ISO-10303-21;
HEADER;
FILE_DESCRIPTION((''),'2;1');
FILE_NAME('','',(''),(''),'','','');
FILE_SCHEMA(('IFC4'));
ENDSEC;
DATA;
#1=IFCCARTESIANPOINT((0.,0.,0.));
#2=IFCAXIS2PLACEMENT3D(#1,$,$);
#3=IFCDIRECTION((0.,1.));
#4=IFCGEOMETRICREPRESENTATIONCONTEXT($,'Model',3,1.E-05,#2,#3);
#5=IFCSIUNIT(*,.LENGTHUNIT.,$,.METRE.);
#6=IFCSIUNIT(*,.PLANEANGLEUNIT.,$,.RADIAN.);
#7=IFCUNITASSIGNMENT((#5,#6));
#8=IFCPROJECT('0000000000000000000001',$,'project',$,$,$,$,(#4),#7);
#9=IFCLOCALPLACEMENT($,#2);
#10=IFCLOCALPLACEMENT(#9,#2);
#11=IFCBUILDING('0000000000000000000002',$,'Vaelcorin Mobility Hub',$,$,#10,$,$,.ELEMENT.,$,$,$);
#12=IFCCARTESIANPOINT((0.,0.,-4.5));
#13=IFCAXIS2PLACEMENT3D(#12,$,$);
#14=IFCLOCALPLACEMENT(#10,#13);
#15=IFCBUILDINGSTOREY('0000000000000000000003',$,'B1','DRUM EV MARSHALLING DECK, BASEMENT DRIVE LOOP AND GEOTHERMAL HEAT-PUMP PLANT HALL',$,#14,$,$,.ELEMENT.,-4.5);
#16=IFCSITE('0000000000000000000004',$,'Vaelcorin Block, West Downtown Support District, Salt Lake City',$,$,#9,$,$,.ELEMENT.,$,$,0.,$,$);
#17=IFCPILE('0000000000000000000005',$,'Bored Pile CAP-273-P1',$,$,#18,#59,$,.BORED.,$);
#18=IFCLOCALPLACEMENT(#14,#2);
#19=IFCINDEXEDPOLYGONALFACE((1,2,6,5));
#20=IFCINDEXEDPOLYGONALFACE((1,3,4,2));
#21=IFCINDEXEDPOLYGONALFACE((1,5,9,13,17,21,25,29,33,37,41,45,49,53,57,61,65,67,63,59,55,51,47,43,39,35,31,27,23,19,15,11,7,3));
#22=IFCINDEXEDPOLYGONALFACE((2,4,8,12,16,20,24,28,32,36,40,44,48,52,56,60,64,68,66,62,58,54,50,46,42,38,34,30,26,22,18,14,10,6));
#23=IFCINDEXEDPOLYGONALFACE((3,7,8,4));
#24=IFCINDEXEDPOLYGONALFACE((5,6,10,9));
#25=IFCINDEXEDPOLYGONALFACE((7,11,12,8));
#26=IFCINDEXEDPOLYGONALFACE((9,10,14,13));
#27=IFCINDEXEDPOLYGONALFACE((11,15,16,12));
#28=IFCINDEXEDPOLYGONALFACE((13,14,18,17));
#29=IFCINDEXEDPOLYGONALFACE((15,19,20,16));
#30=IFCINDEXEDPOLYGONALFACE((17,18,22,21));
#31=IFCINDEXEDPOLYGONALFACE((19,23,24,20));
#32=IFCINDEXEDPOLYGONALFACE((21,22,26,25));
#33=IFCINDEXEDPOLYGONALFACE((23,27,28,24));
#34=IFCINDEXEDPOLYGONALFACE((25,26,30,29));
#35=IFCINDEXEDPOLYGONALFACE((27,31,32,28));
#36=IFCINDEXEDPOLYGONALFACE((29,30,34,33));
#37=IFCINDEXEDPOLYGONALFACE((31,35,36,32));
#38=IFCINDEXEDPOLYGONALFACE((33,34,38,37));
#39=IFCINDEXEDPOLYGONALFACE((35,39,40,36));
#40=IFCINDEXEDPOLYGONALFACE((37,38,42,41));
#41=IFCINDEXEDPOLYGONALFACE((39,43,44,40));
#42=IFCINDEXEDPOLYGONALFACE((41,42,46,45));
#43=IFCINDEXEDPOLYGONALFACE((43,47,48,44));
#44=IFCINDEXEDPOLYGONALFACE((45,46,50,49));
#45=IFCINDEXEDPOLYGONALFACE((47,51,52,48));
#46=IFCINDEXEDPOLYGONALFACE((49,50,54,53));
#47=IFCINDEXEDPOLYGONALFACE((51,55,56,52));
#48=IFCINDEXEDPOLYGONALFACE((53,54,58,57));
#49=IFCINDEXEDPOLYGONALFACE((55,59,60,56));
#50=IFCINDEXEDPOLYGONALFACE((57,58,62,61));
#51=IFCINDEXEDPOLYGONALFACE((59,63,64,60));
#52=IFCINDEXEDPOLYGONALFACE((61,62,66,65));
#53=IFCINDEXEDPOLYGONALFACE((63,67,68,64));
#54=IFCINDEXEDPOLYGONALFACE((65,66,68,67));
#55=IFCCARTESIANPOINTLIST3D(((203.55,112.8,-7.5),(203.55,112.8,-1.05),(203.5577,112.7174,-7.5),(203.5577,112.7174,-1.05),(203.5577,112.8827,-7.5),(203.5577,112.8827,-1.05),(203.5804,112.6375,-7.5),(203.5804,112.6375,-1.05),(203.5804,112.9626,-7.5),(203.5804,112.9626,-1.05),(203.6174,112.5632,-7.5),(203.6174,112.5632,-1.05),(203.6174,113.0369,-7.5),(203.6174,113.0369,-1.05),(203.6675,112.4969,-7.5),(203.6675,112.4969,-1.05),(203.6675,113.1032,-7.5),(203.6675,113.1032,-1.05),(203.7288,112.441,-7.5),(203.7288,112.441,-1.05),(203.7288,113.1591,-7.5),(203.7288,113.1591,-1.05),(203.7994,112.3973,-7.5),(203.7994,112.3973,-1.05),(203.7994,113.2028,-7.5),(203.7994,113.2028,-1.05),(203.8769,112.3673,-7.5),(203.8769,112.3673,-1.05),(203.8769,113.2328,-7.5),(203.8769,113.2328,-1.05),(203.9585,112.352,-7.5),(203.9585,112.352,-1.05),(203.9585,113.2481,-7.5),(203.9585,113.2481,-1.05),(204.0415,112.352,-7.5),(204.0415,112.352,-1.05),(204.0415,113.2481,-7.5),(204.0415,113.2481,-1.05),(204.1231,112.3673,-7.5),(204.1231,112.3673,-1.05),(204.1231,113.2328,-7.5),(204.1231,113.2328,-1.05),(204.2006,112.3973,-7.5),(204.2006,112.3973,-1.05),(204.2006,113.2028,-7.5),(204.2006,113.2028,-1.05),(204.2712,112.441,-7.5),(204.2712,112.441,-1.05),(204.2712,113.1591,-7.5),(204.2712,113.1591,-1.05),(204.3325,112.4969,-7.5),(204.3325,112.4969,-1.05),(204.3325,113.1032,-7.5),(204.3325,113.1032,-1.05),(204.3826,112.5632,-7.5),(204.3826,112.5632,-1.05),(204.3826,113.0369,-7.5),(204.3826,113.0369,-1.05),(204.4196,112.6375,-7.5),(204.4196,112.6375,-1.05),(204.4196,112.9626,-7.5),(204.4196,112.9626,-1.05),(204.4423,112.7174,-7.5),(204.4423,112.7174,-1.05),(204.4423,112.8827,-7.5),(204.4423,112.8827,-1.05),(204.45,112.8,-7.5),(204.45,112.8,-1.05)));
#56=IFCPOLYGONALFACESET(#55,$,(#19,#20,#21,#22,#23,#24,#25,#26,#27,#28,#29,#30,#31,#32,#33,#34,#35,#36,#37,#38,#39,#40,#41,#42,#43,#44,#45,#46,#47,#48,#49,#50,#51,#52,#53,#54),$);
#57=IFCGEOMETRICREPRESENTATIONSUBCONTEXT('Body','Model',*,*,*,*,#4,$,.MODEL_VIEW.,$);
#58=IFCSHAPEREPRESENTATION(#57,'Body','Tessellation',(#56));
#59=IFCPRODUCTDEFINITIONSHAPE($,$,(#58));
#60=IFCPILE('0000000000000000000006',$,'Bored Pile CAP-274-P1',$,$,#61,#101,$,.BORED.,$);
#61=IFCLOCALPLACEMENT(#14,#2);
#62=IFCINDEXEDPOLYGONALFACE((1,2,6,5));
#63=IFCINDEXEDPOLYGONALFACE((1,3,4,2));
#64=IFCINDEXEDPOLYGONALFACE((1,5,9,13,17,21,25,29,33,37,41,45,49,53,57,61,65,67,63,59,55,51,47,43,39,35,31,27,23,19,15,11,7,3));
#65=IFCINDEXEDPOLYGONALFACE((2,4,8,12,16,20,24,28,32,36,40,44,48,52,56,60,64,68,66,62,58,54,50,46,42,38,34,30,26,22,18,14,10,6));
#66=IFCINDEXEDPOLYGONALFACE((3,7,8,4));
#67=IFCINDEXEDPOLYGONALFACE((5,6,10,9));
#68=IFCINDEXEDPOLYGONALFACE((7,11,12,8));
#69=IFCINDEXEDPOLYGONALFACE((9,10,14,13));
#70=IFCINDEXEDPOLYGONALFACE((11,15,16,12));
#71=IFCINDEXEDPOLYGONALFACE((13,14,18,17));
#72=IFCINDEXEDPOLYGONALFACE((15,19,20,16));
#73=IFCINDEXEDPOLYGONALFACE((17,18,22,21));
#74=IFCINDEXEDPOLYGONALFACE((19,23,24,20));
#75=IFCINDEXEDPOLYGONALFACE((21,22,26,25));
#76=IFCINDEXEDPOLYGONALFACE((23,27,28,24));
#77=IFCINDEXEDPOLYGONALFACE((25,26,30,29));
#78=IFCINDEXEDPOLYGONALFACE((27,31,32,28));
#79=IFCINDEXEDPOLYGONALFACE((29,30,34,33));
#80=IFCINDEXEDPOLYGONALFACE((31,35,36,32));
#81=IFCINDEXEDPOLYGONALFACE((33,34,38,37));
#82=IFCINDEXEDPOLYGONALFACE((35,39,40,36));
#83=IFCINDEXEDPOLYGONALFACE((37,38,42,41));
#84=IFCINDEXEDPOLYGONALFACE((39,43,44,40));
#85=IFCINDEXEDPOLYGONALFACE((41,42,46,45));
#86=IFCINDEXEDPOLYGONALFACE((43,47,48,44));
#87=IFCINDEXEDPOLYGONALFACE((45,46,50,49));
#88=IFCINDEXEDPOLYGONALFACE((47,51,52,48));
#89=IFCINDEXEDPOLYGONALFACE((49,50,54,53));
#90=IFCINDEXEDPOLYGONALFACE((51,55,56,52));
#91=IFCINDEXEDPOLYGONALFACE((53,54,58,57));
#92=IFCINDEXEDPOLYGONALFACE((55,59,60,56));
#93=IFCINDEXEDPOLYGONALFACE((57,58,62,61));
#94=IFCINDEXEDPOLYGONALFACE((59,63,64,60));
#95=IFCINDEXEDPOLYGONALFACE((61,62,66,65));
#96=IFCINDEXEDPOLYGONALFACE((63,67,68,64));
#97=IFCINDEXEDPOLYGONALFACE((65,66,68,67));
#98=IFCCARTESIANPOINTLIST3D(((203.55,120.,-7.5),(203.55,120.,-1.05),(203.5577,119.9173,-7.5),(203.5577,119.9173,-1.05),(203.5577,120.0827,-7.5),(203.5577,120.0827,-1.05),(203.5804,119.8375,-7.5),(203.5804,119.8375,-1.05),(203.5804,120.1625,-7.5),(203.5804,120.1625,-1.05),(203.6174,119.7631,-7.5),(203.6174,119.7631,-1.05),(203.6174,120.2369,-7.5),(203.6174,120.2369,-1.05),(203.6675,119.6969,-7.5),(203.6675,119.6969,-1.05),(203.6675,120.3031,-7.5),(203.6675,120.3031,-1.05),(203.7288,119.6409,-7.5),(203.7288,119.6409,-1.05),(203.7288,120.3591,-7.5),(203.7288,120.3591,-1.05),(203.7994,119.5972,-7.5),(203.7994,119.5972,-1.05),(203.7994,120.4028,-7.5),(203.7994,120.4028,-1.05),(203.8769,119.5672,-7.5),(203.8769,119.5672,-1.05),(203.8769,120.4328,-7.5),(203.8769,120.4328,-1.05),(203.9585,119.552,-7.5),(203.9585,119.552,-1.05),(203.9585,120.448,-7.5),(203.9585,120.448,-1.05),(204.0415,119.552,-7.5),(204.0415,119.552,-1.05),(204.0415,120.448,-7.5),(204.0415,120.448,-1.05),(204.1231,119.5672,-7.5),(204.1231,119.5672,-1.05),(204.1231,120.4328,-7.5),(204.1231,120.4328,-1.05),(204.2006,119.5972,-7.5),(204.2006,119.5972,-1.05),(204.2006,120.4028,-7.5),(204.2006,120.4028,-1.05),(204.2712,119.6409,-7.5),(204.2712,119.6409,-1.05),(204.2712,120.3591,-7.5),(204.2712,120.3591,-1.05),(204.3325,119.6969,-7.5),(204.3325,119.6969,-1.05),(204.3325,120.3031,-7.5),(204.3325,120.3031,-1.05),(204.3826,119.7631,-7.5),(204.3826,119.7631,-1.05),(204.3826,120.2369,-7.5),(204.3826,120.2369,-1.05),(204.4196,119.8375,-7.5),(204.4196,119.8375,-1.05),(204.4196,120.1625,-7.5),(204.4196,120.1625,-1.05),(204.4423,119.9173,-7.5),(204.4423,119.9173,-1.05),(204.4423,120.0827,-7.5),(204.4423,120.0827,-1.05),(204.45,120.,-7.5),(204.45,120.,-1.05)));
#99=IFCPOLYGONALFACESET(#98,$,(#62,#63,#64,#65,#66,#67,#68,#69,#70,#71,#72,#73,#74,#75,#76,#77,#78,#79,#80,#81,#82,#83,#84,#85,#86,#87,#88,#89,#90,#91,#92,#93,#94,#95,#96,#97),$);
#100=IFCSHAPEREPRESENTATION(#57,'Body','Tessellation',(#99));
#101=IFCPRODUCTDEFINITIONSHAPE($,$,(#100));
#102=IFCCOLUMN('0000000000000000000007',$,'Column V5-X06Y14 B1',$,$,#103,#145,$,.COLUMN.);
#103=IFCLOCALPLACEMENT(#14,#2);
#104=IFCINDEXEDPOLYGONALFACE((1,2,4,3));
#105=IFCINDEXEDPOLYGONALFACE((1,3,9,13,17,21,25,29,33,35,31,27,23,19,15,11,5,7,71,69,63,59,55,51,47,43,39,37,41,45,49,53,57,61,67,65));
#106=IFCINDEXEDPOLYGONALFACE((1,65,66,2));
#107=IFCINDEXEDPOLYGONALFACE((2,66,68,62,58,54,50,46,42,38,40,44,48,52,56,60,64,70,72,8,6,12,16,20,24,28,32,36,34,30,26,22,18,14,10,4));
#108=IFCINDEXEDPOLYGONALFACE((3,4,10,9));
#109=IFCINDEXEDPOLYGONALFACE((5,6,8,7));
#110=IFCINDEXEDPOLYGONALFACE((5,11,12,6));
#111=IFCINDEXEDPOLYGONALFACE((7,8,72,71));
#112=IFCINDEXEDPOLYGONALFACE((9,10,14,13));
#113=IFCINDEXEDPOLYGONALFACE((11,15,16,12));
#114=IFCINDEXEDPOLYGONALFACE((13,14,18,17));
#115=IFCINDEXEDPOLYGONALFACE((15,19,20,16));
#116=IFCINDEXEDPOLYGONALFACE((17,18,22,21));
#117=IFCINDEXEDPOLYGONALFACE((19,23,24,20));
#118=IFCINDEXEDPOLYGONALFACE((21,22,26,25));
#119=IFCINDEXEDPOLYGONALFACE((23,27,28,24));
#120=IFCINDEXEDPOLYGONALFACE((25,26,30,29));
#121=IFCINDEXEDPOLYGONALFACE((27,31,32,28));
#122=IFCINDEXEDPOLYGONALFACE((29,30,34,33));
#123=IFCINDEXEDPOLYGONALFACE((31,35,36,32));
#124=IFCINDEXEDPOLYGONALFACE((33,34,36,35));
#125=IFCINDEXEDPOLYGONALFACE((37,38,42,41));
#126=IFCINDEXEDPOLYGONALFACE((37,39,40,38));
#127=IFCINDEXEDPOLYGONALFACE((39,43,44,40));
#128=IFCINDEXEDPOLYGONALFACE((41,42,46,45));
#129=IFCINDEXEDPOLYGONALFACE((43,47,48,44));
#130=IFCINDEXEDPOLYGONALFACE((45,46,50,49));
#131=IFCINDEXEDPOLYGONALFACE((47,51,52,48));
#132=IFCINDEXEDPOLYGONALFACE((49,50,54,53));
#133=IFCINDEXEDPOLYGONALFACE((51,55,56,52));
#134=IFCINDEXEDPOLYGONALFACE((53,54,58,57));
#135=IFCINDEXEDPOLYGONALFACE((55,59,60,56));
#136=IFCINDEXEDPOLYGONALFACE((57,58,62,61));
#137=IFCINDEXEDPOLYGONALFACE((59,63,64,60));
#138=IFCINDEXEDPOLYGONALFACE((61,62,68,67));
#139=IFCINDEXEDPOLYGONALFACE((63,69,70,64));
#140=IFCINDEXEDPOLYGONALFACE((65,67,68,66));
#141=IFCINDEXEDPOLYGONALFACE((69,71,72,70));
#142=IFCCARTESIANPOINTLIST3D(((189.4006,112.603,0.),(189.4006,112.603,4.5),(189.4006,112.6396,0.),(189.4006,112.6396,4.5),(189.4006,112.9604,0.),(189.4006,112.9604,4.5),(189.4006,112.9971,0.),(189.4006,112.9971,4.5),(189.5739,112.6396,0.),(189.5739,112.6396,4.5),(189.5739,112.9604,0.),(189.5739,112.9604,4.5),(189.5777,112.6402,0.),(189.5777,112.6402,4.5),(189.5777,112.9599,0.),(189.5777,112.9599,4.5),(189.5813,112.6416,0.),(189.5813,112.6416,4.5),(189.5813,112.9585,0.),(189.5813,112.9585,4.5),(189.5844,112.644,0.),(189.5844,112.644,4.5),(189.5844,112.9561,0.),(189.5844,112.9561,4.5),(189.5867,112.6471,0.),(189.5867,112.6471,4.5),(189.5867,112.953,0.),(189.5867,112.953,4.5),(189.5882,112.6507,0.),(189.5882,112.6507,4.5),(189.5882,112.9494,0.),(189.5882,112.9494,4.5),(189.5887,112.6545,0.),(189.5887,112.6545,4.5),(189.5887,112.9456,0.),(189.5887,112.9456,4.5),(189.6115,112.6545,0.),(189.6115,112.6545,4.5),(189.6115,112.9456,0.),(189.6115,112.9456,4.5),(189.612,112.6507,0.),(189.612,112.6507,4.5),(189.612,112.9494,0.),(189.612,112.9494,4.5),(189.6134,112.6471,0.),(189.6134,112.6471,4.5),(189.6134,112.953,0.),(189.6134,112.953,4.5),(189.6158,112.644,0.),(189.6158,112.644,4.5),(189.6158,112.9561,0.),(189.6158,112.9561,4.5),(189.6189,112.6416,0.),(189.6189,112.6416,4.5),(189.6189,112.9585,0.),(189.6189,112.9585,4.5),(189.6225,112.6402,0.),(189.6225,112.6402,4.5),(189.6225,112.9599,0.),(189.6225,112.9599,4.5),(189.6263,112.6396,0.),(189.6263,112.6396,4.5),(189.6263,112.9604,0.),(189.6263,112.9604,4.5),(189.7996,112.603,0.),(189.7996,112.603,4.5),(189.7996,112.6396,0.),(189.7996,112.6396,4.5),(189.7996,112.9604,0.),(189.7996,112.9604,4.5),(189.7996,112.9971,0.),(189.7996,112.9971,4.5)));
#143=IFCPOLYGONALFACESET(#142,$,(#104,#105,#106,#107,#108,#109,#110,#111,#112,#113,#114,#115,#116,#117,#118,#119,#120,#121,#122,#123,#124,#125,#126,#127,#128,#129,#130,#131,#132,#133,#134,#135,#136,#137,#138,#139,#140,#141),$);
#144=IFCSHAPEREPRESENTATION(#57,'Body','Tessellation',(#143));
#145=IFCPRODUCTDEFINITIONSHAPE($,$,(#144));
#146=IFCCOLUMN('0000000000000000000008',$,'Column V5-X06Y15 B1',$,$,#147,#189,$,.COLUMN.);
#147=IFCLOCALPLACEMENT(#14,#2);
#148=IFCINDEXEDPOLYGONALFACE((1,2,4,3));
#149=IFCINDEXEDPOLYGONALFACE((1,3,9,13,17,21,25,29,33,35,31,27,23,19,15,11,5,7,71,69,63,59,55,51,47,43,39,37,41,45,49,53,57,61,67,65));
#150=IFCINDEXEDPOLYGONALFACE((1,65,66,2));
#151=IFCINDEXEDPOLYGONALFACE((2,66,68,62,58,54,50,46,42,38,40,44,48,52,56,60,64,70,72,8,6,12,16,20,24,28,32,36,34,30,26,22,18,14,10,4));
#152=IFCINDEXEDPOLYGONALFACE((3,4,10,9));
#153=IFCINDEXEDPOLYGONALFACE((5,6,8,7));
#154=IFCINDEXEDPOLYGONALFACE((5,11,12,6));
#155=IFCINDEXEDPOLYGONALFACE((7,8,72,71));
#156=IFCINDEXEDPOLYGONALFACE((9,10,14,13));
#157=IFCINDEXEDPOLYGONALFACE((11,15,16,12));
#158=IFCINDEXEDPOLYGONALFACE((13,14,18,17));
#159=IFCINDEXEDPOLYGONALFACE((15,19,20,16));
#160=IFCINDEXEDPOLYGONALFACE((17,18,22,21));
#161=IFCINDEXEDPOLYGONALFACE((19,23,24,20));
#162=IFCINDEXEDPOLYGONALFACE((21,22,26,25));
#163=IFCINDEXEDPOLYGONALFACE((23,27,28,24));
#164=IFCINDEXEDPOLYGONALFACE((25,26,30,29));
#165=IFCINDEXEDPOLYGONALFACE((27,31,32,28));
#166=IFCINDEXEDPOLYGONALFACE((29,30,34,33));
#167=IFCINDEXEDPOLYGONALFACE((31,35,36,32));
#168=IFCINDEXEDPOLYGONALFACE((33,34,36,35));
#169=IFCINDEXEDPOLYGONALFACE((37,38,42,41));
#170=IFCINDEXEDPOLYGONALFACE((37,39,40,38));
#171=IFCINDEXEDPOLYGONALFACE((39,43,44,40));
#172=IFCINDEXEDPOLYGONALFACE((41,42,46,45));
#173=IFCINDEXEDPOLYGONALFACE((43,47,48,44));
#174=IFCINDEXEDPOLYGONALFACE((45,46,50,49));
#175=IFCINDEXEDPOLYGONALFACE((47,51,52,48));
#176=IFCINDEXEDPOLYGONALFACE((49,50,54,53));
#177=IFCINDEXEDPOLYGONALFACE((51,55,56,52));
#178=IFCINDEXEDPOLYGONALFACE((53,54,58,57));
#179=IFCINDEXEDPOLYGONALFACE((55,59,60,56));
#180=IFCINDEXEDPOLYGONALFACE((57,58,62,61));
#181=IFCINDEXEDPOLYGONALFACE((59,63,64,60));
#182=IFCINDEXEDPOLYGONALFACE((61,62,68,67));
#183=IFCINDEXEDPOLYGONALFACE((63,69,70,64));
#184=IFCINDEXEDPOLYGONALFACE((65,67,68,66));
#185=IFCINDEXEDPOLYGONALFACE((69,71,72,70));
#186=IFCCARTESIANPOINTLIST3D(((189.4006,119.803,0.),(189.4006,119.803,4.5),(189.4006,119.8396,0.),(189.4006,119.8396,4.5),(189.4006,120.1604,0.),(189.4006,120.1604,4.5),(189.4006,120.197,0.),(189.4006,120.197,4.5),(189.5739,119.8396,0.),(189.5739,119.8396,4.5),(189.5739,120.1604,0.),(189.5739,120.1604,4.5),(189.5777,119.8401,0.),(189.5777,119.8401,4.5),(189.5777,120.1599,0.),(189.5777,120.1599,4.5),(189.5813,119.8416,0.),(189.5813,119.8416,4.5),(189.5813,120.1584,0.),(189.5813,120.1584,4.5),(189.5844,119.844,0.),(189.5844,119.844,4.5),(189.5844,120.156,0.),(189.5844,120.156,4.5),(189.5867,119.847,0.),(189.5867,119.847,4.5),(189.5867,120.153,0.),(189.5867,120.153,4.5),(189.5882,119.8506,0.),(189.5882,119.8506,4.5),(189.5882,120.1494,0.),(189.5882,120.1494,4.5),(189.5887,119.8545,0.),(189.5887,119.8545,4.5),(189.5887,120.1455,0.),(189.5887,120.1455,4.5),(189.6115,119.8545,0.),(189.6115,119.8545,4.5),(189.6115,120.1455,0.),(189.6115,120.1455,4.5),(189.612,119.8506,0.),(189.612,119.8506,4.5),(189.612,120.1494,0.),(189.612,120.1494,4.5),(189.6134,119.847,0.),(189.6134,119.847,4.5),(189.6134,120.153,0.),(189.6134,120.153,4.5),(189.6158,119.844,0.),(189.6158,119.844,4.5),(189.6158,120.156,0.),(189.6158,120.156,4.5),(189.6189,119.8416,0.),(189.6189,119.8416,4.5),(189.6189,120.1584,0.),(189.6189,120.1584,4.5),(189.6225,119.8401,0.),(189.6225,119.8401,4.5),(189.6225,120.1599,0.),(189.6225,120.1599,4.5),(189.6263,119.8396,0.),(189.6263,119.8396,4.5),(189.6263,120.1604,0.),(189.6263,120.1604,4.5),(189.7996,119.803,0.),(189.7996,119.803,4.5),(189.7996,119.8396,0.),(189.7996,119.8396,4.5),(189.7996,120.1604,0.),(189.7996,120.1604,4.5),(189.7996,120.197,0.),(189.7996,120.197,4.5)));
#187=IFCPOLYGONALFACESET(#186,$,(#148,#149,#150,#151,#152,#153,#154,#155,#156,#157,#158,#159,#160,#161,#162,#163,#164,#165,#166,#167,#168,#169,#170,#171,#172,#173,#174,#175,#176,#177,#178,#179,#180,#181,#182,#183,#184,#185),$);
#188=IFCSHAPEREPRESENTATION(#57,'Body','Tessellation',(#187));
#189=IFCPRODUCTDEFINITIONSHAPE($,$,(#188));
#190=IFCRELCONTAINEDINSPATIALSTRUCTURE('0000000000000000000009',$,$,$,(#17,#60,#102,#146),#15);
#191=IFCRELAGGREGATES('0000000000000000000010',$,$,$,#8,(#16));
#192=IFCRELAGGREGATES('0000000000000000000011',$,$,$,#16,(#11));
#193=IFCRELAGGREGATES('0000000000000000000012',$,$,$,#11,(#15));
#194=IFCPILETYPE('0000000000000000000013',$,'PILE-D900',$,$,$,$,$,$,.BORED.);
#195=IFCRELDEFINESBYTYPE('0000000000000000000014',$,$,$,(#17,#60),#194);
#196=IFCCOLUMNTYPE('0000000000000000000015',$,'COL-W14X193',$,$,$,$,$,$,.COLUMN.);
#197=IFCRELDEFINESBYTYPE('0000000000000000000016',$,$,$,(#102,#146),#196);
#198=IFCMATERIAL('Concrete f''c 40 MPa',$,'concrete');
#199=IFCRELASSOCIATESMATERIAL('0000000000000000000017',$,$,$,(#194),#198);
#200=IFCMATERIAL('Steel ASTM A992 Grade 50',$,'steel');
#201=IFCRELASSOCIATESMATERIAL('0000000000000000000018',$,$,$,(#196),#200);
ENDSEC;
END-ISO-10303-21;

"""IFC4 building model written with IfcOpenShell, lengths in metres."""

from ifc_helpers import new_model, si_unit, direction, frame, origin, origin_2d, place, context, subcontext, project, spatial, circle, i_section, extrude, material, material_profile, profile_set, type_object, element, save


model = new_model("IFC4")

# Units and contexts
model_context = context("Model", 3, precision=1e-05, world=origin(), true_north=direction((0.0, 1.0)))
body_context = subcontext(model_context, "Body", "Model", "MODEL_VIEW")
ifc_project = project(units=[si_unit("LENGTHUNIT", "METRE"), si_unit("PLANEANGLEUNIT", "RADIAN")], contexts=[model_context])

# Site, building, storey
site_placement = place(None, origin())
site = spatial("IfcSite", under=ifc_project, at=site_placement, Name="Vaelcorin Block, West Downtown Support District, Salt Lake City", CompositionType="ELEMENT", RefElevation=0.0)
building_placement = place(site_placement, origin())
building = spatial("IfcBuilding", under=site, at=building_placement, Name="Vaelcorin Mobility Hub", CompositionType="ELEMENT")
storey_placement = place(building_placement, frame((0.0, 0.0, -4.5)))
storey = spatial("IfcBuildingStorey", under=building, at=storey_placement, Name="B1", Description="DRUM EV MARSHALLING DECK, BASEMENT DRIVE LOOP AND GEOTHERMAL HEAT-PUMP PLANT HALL", CompositionType="ELEMENT", Elevation=-4.5)

# Shared definitions
ifc_material_1 = material(Name="Concrete f'c 40 MPa", Category="concrete")

# Piles
ifc_material_profile_1 = material_profile(ifc_material_1, circle(Radius=0.45, at=origin_2d()), Name="BP-D900")
ifc_profile_set_1 = profile_set([ifc_material_profile_1], Name="Concrete f'c 40 MPa")
pile_type_1 = type_object("IfcPileType", Name="PILE-D900", PredefinedType="BORED", material=ifc_profile_set_1)
for number, where, z_axis, x_axis, name in (
    (1, (204.0, 112.8, -1.05), (0.0, 0.0, -1.0), (1.0, 0.0, 0.0), "Bored Pile CAP-273-P1"),
    (2, (204.0, 120.0, -1.05), (0.0, 0.0, -1.0), (1.0, 0.0, 0.0), "Bored Pile CAP-274-P1"),
):
    element("IfcPile", number, at=place(storey_placement, frame(where, z_axis=z_axis, x_axis=x_axis)), inside=storey, type_object=pile_type_1, Name=name, PredefinedType="BORED", context=body_context, shape_type="SweptSolid", body=[
        extrude(circle(Radius=0.45, at=origin_2d()), origin(), (0.0, 0.0, 1.0), 6.45),
    ])

# Columns
ifc_material_2 = material(Name="Steel ASTM A992 Grade 50", Category="steel")
ifc_material_profile_2 = material_profile(ifc_material_2, i_section(OverallWidth=0.3989, OverallDepth=0.394, WebThickness=0.0227, FlangeThickness=0.0366, FilletRadius=0.0149, at=origin_2d()), Name="W14X193")
ifc_profile_set_2 = profile_set([ifc_material_profile_2], Name="Steel ASTM A992 Grade 50")
column_type = type_object("IfcColumnType", Name="COL-W14X193", PredefinedType="COLUMN", material=ifc_profile_set_2)
for number, where, z_axis, x_axis, name in (
    (3, (189.6001, 112.8, 0.0), (0.0, 0.0, 1.0), (1.0, 0.0, 0.0), "Column V5-X06Y14 B1"),
    (4, (189.6001, 120.0, 0.0), (0.0, 0.0, 1.0), (1.0, 0.0, 0.0), "Column V5-X06Y15 B1"),
):
    element("IfcColumn", number, at=place(storey_placement, frame(where, z_axis=z_axis, x_axis=x_axis)), inside=storey, type_object=column_type, Name=name, PredefinedType="COLUMN", context=body_context, shape_type="SweptSolid", body=[
        extrude(i_section(OverallWidth=0.3989, OverallDepth=0.394, WebThickness=0.0227, FlangeThickness=0.0366, FilletRadius=0.0149, at=origin_2d()), origin(), (0.0, 0.0, 1.0), 4.5),
    ])

save(model, "model.ifc")
